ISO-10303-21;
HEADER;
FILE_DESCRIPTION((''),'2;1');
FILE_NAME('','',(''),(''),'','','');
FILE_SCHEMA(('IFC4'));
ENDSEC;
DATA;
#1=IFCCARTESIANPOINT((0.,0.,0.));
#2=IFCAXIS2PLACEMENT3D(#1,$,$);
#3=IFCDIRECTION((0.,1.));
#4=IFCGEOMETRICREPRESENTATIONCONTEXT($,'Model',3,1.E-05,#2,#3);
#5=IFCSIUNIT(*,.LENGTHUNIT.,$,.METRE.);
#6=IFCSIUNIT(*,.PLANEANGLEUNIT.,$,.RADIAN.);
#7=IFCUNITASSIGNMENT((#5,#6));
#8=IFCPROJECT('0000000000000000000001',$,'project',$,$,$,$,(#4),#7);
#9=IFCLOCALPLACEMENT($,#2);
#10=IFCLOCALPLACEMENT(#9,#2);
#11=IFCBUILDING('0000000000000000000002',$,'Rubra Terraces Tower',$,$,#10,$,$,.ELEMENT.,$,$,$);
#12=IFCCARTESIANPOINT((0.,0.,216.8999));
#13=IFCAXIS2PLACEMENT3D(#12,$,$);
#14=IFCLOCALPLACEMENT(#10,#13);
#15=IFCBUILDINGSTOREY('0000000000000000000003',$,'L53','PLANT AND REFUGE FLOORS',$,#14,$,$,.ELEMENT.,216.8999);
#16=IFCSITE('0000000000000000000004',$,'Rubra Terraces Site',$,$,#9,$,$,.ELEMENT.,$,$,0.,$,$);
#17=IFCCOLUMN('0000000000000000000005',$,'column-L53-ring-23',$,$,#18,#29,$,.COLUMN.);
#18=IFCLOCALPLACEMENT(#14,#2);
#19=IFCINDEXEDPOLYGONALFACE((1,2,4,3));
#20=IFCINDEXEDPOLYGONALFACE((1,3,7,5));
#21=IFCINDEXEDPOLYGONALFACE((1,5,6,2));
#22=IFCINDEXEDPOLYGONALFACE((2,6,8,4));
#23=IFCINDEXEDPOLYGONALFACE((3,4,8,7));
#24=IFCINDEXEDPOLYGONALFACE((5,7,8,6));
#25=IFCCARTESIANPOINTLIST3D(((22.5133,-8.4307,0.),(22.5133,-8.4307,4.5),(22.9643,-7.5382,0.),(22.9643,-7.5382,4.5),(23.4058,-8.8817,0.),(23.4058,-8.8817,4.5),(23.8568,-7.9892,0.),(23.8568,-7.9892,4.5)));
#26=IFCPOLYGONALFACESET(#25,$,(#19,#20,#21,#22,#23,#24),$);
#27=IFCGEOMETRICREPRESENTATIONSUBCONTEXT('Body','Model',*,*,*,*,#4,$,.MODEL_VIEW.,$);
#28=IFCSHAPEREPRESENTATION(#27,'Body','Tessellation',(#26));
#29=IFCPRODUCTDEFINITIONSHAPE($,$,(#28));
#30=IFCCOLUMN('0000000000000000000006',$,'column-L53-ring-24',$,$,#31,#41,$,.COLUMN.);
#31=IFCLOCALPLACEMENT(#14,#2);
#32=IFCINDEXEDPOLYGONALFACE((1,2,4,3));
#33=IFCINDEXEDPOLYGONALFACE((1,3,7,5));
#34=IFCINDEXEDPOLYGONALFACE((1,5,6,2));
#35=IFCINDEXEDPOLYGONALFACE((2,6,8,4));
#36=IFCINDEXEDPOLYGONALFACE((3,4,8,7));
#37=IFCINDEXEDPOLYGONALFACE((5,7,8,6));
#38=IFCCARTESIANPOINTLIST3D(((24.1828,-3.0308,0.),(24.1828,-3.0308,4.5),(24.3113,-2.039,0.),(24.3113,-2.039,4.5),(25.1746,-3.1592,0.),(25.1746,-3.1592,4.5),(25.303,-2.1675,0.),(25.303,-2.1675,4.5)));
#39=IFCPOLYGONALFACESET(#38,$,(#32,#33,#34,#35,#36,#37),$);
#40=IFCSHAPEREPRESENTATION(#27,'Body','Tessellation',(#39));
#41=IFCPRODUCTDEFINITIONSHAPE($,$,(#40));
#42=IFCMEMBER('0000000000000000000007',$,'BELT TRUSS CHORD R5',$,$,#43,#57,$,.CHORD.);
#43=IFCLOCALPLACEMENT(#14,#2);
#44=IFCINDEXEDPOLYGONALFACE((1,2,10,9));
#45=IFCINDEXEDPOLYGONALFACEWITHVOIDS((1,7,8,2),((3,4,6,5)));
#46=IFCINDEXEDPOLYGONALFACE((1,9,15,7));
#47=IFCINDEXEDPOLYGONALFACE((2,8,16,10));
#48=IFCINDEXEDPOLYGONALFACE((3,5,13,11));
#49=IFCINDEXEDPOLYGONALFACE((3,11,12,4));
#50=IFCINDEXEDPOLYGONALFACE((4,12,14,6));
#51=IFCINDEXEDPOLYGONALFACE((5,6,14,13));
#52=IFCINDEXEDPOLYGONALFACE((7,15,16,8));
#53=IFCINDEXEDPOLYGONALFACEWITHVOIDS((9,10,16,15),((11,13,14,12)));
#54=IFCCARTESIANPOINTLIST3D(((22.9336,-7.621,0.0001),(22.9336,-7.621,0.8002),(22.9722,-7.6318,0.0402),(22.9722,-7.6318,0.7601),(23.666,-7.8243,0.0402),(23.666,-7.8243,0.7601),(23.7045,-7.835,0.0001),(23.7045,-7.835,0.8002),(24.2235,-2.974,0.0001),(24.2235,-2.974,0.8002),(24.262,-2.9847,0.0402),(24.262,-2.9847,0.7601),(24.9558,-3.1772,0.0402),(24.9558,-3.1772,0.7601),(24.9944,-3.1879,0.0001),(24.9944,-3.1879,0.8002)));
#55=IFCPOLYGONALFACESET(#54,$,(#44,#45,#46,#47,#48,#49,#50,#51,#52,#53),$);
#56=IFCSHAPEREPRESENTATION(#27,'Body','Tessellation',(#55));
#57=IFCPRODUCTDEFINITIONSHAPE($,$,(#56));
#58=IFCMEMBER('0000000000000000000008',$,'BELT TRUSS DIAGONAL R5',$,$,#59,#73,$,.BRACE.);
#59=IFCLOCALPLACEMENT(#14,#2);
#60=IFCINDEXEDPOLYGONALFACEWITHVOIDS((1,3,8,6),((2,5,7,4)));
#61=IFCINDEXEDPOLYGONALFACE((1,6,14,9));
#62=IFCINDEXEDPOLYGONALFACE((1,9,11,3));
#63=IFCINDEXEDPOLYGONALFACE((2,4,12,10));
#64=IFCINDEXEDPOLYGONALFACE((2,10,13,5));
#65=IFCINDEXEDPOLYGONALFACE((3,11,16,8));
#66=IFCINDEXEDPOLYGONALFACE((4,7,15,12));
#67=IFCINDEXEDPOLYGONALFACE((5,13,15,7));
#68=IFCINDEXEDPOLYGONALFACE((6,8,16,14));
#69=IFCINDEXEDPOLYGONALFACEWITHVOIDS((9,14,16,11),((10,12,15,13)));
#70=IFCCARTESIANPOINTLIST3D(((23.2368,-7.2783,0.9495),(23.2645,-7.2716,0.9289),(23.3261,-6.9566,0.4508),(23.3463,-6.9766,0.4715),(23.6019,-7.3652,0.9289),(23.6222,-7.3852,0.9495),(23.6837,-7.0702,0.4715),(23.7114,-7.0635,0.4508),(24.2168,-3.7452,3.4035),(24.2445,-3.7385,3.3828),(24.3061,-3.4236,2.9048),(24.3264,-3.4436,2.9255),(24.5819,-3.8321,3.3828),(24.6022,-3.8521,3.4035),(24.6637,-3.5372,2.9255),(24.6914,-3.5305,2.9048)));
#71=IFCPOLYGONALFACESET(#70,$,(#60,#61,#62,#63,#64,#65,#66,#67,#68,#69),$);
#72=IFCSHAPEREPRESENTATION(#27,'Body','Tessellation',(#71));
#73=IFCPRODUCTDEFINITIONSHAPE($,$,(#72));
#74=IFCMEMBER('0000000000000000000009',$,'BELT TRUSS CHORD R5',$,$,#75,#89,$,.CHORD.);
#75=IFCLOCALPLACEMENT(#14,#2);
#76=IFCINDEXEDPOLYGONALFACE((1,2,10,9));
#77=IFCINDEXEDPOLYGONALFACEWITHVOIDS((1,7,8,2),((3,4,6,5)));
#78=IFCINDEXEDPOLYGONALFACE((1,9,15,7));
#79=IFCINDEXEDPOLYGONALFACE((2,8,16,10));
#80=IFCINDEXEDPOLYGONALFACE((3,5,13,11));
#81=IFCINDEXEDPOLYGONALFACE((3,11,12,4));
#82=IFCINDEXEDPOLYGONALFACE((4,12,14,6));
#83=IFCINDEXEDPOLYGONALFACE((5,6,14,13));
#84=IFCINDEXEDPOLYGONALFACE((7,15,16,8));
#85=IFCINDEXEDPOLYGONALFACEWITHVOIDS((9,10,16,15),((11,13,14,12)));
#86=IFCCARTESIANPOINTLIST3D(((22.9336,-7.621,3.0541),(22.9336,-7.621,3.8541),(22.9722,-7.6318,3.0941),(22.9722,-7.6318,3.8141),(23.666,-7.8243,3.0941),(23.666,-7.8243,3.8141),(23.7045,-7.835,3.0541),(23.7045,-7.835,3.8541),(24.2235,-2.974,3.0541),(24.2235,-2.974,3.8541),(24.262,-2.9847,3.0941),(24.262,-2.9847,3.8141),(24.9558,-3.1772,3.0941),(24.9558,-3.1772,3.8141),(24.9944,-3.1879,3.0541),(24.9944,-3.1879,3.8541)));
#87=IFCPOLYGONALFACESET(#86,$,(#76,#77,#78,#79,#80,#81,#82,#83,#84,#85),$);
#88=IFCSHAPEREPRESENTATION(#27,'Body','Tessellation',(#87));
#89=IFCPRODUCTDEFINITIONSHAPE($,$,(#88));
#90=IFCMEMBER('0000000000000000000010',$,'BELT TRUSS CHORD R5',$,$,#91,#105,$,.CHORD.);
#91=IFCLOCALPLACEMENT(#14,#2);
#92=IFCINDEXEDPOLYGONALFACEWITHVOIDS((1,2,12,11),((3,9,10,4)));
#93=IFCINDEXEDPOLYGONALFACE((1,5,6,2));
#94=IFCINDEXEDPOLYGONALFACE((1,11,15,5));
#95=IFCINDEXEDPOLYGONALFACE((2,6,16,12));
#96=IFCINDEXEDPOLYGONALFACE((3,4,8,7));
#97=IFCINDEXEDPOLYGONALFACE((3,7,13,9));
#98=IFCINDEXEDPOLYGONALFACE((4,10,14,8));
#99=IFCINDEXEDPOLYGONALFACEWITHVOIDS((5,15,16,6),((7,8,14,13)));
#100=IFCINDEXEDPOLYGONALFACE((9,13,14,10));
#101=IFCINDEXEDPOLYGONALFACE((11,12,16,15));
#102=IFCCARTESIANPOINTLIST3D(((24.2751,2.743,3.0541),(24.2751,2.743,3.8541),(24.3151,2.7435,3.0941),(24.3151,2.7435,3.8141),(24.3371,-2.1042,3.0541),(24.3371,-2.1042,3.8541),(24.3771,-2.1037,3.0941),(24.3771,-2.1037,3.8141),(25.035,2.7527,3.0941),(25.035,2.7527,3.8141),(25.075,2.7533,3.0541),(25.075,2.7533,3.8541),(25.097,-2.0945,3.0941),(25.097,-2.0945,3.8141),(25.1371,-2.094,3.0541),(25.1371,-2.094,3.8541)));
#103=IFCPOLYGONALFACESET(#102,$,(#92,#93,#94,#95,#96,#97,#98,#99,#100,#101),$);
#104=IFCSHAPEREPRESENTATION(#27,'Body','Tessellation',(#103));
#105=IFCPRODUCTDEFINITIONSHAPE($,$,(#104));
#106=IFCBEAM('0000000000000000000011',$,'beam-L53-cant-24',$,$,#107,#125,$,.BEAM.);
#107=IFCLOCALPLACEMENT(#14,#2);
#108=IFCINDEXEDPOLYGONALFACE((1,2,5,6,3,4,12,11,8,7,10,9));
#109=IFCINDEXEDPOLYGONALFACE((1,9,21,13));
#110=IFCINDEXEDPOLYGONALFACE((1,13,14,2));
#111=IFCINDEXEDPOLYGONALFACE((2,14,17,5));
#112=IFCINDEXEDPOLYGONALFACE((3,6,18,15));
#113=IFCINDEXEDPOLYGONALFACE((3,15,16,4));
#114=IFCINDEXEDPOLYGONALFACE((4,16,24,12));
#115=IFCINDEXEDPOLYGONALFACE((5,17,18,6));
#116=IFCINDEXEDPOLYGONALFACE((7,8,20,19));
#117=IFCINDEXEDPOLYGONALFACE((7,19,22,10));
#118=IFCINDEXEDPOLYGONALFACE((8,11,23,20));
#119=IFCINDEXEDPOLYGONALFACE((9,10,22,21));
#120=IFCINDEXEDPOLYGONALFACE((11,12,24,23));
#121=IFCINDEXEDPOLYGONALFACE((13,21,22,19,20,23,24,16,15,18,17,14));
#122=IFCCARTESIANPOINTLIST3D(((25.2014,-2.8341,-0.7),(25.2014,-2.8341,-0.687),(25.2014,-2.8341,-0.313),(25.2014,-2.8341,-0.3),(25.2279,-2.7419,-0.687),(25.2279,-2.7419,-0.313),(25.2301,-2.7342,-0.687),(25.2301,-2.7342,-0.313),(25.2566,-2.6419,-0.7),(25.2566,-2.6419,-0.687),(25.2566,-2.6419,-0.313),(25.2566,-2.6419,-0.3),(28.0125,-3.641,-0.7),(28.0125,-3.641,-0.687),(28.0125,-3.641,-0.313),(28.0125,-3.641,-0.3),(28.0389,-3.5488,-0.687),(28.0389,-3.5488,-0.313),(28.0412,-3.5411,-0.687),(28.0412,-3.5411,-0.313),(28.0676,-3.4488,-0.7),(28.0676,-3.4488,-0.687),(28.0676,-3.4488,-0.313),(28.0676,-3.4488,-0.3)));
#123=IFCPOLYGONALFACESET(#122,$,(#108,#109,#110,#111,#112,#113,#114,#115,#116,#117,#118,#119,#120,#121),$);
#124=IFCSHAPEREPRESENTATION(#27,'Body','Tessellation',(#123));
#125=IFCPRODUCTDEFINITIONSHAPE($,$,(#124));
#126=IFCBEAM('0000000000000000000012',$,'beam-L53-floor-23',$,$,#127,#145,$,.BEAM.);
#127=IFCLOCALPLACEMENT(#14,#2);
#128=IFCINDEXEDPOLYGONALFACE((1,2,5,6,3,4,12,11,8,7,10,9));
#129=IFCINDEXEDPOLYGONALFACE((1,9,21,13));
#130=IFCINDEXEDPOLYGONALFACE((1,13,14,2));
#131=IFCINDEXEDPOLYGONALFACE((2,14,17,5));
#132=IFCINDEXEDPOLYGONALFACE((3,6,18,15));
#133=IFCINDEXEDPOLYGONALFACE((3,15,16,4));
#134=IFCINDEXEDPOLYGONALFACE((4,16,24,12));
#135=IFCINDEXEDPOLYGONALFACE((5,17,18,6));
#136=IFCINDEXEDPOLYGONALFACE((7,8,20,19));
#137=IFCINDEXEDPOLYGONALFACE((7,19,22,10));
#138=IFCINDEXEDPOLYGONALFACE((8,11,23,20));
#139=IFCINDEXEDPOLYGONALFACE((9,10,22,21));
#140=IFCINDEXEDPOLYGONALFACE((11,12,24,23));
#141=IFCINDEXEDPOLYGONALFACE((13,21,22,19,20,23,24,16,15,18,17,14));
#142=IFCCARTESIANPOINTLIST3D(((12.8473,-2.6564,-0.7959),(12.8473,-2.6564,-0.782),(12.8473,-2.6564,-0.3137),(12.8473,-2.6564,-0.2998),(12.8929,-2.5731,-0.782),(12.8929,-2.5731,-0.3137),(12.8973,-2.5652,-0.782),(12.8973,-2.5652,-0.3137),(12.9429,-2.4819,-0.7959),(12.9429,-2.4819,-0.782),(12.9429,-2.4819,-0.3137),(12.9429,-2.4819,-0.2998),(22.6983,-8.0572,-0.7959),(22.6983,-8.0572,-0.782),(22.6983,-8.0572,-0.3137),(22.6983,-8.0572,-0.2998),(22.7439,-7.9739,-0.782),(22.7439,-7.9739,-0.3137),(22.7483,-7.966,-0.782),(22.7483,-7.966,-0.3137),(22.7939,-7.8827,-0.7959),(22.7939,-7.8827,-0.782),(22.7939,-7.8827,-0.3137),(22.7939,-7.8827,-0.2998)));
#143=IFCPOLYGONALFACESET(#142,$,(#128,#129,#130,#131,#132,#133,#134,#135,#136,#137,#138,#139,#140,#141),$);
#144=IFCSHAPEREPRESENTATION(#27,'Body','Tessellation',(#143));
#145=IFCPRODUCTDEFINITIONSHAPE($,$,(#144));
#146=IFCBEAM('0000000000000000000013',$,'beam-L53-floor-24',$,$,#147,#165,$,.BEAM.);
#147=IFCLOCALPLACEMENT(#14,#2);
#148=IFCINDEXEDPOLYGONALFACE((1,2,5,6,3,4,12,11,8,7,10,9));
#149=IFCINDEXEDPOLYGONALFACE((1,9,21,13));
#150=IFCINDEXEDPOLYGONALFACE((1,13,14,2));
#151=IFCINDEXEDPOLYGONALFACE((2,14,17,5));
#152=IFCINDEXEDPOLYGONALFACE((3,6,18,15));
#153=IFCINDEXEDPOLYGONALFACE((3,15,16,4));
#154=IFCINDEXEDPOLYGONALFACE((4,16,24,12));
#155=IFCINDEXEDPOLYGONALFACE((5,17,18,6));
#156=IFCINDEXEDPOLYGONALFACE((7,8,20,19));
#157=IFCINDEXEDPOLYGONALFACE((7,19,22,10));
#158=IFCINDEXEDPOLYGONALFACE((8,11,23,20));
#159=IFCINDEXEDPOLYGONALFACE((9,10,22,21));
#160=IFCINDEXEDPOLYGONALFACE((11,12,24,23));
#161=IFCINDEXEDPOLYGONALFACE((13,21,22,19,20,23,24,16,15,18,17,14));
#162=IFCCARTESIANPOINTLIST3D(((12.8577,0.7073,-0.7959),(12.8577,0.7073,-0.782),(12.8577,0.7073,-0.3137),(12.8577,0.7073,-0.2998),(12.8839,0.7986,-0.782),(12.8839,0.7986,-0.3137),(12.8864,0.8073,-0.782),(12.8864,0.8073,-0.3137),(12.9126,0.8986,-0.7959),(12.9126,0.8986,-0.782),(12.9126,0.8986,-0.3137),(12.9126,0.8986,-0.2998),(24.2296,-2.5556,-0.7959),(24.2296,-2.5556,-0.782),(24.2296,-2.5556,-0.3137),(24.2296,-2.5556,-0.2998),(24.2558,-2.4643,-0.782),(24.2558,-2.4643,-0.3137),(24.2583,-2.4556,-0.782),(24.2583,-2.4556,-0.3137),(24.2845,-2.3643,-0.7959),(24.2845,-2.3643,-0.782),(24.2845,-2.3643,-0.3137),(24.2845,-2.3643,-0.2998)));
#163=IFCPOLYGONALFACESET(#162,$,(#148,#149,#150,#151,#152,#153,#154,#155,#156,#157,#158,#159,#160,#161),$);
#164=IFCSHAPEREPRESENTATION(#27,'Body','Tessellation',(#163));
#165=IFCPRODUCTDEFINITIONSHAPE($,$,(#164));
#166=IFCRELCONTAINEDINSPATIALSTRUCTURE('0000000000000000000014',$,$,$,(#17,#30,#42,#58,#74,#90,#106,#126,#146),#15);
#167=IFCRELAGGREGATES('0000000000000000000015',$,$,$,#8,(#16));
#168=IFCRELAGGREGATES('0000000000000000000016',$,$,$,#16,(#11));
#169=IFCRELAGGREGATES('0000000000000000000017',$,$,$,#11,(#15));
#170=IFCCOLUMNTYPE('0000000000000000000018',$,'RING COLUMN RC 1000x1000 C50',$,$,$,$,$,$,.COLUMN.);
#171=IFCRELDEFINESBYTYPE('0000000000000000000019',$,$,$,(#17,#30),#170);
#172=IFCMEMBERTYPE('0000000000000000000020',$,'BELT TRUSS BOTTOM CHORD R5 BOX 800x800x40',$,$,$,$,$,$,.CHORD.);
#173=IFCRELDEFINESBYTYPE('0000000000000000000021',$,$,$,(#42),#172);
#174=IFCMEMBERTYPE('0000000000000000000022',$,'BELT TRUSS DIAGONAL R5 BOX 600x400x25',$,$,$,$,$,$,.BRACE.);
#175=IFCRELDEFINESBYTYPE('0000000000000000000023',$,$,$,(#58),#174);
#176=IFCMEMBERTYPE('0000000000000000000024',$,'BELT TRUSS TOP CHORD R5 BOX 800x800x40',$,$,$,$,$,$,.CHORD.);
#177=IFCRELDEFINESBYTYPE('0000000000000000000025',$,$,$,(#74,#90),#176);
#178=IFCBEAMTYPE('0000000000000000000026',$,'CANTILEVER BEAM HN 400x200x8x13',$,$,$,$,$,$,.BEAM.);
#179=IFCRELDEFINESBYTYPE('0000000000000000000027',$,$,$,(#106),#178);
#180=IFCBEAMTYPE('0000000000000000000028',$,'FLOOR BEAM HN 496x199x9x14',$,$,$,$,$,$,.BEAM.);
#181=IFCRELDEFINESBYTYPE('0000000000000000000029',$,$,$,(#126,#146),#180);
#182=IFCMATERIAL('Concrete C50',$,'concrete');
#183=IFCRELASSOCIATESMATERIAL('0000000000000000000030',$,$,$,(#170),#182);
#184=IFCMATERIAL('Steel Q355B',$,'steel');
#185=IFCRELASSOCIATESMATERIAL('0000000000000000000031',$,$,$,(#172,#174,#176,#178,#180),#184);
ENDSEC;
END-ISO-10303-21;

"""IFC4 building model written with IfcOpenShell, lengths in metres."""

from ifc_helpers import new_model, si_unit, direction, frame, origin, origin_2d, place, context, subcontext, project, spatial, rectangle, hollow_rectangle, i_section, extrude, material, material_profile, profile_set, type_object, element, save


model = new_model("IFC4")

# Units and contexts
model_context = context("Model", 3, precision=1e-05, world=origin(), true_north=direction((0.0, 1.0)))
body_context = subcontext(model_context, "Body", "Model", "MODEL_VIEW")
ifc_project = project(units=[si_unit("LENGTHUNIT", "METRE"), si_unit("PLANEANGLEUNIT", "RADIAN")], contexts=[model_context])

# Site, building, storey
site_placement = place(None, origin())
site = spatial("IfcSite", under=ifc_project, at=site_placement, Name="Rubra Terraces Site", CompositionType="ELEMENT", RefElevation=0.0)
building_placement = place(site_placement, origin())
building = spatial("IfcBuilding", under=site, at=building_placement, Name="Rubra Terraces Tower", CompositionType="ELEMENT")
storey_placement = place(building_placement, frame((0.0, 0.0, 216.8999)))
storey = spatial("IfcBuildingStorey", under=building, at=storey_placement, Name="L53", Description="PLANT AND REFUGE FLOORS", CompositionType="ELEMENT", Elevation=216.8999)

# Columns
ifc_material_1 = material(Name="Concrete C50", Category="concrete")
ifc_material_profile_1 = material_profile(ifc_material_1, rectangle(XDim=1.0, YDim=1.0, at=origin_2d()), Name="RC 1000x1000")
ifc_profile_set_1 = profile_set([ifc_material_profile_1], Name="Concrete C50")
column_type = type_object("IfcColumnType", Name="RING COLUMN RC 1000x1000 C50", PredefinedType="COLUMN", material=ifc_profile_set_1)
for number, where, z_axis, x_axis, name in (
    (1, (23.1851, -8.21, 0.0), (0.0, 0.0, 1.0), (0.451028, 0.89251, 0.0), "column-L53-ring-23"),
    (2, (24.7429, -2.5991, 0.0), (0.0, 0.0, 1.0), (0.128444, 0.991717, 0.0), "column-L53-ring-24"),
):
    element("IfcColumn", number, at=place(storey_placement, frame(where, z_axis=z_axis, x_axis=x_axis)), inside=storey, type_object=column_type, Name=name, PredefinedType="COLUMN", context=body_context, shape_type="SweptSolid", body=[
        extrude(rectangle(XDim=1.0, YDim=1.0, at=origin_2d()), origin(), (0.0, 0.0, 1.0), 4.5),
    ])

# Members
ifc_material_2 = material(Name="Steel Q355B", Category="steel")
ifc_material_profile_2 = material_profile(ifc_material_2, hollow_rectangle(XDim=0.8, YDim=0.8, WallThickness=0.04, at=origin_2d()), Name="BOX 800x800x40")
ifc_profile_set_2 = profile_set([ifc_material_profile_2], Name="Steel Q355B")
member_type_1 = type_object("IfcMemberType", Name="BELT TRUSS BOTTOM CHORD R5 BOX 800x800x40", PredefinedType="CHORD", material=ifc_profile_set_2)
member_1_placement = place(storey_placement, frame((23.3191, -7.728, 0.4001), z_axis=(0.267445, 0.963573, 0.0), x_axis=(-0.963573, 0.267445, 0.0)))
element("IfcMember", 3, at=member_1_placement, inside=storey, type_object=member_type_1, Name="BELT TRUSS CHORD R5", PredefinedType="CHORD", context=body_context, shape_type="SweptSolid", body=[
    extrude(hollow_rectangle(XDim=0.8, YDim=0.8, WallThickness=0.04, at=origin_2d()), origin(), (0.0, 0.0, 1.0), 4.8228),
])
ifc_material_profile_3 = material_profile(ifc_material_2, hollow_rectangle(XDim=0.3999, YDim=0.6001, WallThickness=0.0249, at=origin_2d()), Name="BOX 600x400x25")
ifc_profile_set_3 = profile_set([ifc_material_profile_3], Name="Steel Q355B")
member_type_2 = type_object("IfcMemberType", Name="BELT TRUSS DIAGONAL R5 BOX 600x400x25", PredefinedType="BRACE", material=ifc_profile_set_3)
member_2_placement = place(storey_placement, frame((23.4741, -7.1709, 0.7002), z_axis=(0.222129, 0.800806, 0.556209), x_axis=(-0.963616, 0.26729, 0.0)))
element("IfcMember", 4, at=member_2_placement, inside=storey, type_object=member_type_2, Name="BELT TRUSS DIAGONAL R5", PredefinedType="BRACE", context=body_context, shape_type="SweptSolid", body=[
    extrude(hollow_rectangle(XDim=0.3999, YDim=0.6001, WallThickness=0.0249, at=origin_2d()), origin(), (0.0, 0.0, 1.0), 4.4119),
])
ifc_material_profile_4 = material_profile(ifc_material_2, hollow_rectangle(XDim=0.8, YDim=0.8, WallThickness=0.04, at=origin_2d()), Name="BOX 800x800x40")
ifc_profile_set_4 = profile_set([ifc_material_profile_4], Name="Steel Q355B")
member_type_3 = type_object("IfcMemberType", Name="BELT TRUSS TOP CHORD R5 BOX 800x800x40", PredefinedType="CHORD", material=ifc_profile_set_4)
member_3_placement = place(storey_placement, frame((23.3191, -7.728, 3.4541), z_axis=(0.267445, 0.963573, 0.0), x_axis=(-0.963573, 0.267445, 0.0)))
element("IfcMember", 5, at=member_3_placement, inside=storey, type_object=member_type_3, Name="BELT TRUSS CHORD R5", PredefinedType="CHORD", context=body_context, shape_type="SweptSolid", body=[
    extrude(hollow_rectangle(XDim=0.8, YDim=0.8, WallThickness=0.04, at=origin_2d()), origin(), (0.0, 0.0, 1.0), 4.8228),
])
member_4_placement = place(storey_placement, frame((24.7371, -2.0991, 3.4541), z_axis=(-0.012792, 0.999918, 0.0), x_axis=(-0.999918, -0.012792, 0.0)))
element("IfcMember", 6, at=member_4_placement, inside=storey, type_object=member_type_3, Name="BELT TRUSS CHORD R5", PredefinedType="CHORD", context=body_context, shape_type="SweptSolid", body=[
    extrude(hollow_rectangle(XDim=0.8, YDim=0.8, WallThickness=0.04, at=origin_2d()), origin(), (0.0, 0.0, 1.0), 4.8477),
])

# Beams
ifc_material_profile_5 = material_profile(ifc_material_2, i_section(OverallWidth=0.2, OverallDepth=0.3999, WebThickness=0.0081, FlangeThickness=0.0129, at=origin_2d()), Name="HN 400x200x8x13")
ifc_profile_set_5 = profile_set([ifc_material_profile_5], Name="Steel Q355B")
beam_type_1 = type_object("IfcBeamType", Name="CANTILEVER BEAM HN 400x200x8x13", PredefinedType="BEAM", material=ifc_profile_set_5)
beam_1_placement = place(storey_placement, frame((25.229, -2.738, -0.5), z_axis=(0.961186, -0.275901, 0.0), x_axis=(0.275901, 0.961186, 0.0)))
element("IfcBeam", 7, at=beam_1_placement, inside=storey, type_object=beam_type_1, Name="beam-L53-cant-24", PredefinedType="BEAM", context=body_context, shape_type="SweptSolid", body=[
    extrude(i_section(OverallWidth=0.2, OverallDepth=0.3999, WebThickness=0.0081, FlangeThickness=0.0129, at=origin_2d()), origin(), (0.0, 0.0, 1.0), 2.9246),
])
ifc_material_profile_6 = material_profile(ifc_material_2, i_section(OverallWidth=0.199, OverallDepth=0.4961, WebThickness=0.009, FlangeThickness=0.0139, at=origin_2d()), Name="HN 496x199x9x14")
ifc_profile_set_6 = profile_set([ifc_material_profile_6], Name="Steel Q355B")
beam_type_2 = type_object("IfcBeamType", Name="FLOOR BEAM HN 496x199x9x14", PredefinedType="BEAM", material=ifc_profile_set_6)
beam_2_placement = place(storey_placement, frame((22.7461, -7.97, -0.5479), z_axis=(-0.876862, 0.480742, 0.0), x_axis=(-0.480742, -0.876862, 0.0)))
element("IfcBeam", 8, at=beam_2_placement, inside=storey, type_object=beam_type_2, Name="beam-L53-floor-23", PredefinedType="BEAM", context=body_context, shape_type="SweptSolid", body=[
    extrude(i_section(OverallWidth=0.199, OverallDepth=0.4961, WebThickness=0.009, FlangeThickness=0.0139, at=origin_2d()), origin(), (0.0, 0.0, 1.0), 11.2344),
])
beam_3_placement = place(storey_placement, frame((24.2571, -2.46, -0.5479), z_axis=(-0.961216, 0.275798, 0.0), x_axis=(-0.275798, -0.961216, 0.0)))
element("IfcBeam", 9, at=beam_3_placement, inside=storey, type_object=beam_type_2, Name="beam-L53-floor-24", PredefinedType="BEAM", context=body_context, shape_type="SweptSolid", body=[
    extrude(i_section(OverallWidth=0.199, OverallDepth=0.4961, WebThickness=0.009, FlangeThickness=0.0139, at=origin_2d()), origin(), (0.0, 0.0, 1.0), 11.8308),
])

save(model, "model.ifc")
